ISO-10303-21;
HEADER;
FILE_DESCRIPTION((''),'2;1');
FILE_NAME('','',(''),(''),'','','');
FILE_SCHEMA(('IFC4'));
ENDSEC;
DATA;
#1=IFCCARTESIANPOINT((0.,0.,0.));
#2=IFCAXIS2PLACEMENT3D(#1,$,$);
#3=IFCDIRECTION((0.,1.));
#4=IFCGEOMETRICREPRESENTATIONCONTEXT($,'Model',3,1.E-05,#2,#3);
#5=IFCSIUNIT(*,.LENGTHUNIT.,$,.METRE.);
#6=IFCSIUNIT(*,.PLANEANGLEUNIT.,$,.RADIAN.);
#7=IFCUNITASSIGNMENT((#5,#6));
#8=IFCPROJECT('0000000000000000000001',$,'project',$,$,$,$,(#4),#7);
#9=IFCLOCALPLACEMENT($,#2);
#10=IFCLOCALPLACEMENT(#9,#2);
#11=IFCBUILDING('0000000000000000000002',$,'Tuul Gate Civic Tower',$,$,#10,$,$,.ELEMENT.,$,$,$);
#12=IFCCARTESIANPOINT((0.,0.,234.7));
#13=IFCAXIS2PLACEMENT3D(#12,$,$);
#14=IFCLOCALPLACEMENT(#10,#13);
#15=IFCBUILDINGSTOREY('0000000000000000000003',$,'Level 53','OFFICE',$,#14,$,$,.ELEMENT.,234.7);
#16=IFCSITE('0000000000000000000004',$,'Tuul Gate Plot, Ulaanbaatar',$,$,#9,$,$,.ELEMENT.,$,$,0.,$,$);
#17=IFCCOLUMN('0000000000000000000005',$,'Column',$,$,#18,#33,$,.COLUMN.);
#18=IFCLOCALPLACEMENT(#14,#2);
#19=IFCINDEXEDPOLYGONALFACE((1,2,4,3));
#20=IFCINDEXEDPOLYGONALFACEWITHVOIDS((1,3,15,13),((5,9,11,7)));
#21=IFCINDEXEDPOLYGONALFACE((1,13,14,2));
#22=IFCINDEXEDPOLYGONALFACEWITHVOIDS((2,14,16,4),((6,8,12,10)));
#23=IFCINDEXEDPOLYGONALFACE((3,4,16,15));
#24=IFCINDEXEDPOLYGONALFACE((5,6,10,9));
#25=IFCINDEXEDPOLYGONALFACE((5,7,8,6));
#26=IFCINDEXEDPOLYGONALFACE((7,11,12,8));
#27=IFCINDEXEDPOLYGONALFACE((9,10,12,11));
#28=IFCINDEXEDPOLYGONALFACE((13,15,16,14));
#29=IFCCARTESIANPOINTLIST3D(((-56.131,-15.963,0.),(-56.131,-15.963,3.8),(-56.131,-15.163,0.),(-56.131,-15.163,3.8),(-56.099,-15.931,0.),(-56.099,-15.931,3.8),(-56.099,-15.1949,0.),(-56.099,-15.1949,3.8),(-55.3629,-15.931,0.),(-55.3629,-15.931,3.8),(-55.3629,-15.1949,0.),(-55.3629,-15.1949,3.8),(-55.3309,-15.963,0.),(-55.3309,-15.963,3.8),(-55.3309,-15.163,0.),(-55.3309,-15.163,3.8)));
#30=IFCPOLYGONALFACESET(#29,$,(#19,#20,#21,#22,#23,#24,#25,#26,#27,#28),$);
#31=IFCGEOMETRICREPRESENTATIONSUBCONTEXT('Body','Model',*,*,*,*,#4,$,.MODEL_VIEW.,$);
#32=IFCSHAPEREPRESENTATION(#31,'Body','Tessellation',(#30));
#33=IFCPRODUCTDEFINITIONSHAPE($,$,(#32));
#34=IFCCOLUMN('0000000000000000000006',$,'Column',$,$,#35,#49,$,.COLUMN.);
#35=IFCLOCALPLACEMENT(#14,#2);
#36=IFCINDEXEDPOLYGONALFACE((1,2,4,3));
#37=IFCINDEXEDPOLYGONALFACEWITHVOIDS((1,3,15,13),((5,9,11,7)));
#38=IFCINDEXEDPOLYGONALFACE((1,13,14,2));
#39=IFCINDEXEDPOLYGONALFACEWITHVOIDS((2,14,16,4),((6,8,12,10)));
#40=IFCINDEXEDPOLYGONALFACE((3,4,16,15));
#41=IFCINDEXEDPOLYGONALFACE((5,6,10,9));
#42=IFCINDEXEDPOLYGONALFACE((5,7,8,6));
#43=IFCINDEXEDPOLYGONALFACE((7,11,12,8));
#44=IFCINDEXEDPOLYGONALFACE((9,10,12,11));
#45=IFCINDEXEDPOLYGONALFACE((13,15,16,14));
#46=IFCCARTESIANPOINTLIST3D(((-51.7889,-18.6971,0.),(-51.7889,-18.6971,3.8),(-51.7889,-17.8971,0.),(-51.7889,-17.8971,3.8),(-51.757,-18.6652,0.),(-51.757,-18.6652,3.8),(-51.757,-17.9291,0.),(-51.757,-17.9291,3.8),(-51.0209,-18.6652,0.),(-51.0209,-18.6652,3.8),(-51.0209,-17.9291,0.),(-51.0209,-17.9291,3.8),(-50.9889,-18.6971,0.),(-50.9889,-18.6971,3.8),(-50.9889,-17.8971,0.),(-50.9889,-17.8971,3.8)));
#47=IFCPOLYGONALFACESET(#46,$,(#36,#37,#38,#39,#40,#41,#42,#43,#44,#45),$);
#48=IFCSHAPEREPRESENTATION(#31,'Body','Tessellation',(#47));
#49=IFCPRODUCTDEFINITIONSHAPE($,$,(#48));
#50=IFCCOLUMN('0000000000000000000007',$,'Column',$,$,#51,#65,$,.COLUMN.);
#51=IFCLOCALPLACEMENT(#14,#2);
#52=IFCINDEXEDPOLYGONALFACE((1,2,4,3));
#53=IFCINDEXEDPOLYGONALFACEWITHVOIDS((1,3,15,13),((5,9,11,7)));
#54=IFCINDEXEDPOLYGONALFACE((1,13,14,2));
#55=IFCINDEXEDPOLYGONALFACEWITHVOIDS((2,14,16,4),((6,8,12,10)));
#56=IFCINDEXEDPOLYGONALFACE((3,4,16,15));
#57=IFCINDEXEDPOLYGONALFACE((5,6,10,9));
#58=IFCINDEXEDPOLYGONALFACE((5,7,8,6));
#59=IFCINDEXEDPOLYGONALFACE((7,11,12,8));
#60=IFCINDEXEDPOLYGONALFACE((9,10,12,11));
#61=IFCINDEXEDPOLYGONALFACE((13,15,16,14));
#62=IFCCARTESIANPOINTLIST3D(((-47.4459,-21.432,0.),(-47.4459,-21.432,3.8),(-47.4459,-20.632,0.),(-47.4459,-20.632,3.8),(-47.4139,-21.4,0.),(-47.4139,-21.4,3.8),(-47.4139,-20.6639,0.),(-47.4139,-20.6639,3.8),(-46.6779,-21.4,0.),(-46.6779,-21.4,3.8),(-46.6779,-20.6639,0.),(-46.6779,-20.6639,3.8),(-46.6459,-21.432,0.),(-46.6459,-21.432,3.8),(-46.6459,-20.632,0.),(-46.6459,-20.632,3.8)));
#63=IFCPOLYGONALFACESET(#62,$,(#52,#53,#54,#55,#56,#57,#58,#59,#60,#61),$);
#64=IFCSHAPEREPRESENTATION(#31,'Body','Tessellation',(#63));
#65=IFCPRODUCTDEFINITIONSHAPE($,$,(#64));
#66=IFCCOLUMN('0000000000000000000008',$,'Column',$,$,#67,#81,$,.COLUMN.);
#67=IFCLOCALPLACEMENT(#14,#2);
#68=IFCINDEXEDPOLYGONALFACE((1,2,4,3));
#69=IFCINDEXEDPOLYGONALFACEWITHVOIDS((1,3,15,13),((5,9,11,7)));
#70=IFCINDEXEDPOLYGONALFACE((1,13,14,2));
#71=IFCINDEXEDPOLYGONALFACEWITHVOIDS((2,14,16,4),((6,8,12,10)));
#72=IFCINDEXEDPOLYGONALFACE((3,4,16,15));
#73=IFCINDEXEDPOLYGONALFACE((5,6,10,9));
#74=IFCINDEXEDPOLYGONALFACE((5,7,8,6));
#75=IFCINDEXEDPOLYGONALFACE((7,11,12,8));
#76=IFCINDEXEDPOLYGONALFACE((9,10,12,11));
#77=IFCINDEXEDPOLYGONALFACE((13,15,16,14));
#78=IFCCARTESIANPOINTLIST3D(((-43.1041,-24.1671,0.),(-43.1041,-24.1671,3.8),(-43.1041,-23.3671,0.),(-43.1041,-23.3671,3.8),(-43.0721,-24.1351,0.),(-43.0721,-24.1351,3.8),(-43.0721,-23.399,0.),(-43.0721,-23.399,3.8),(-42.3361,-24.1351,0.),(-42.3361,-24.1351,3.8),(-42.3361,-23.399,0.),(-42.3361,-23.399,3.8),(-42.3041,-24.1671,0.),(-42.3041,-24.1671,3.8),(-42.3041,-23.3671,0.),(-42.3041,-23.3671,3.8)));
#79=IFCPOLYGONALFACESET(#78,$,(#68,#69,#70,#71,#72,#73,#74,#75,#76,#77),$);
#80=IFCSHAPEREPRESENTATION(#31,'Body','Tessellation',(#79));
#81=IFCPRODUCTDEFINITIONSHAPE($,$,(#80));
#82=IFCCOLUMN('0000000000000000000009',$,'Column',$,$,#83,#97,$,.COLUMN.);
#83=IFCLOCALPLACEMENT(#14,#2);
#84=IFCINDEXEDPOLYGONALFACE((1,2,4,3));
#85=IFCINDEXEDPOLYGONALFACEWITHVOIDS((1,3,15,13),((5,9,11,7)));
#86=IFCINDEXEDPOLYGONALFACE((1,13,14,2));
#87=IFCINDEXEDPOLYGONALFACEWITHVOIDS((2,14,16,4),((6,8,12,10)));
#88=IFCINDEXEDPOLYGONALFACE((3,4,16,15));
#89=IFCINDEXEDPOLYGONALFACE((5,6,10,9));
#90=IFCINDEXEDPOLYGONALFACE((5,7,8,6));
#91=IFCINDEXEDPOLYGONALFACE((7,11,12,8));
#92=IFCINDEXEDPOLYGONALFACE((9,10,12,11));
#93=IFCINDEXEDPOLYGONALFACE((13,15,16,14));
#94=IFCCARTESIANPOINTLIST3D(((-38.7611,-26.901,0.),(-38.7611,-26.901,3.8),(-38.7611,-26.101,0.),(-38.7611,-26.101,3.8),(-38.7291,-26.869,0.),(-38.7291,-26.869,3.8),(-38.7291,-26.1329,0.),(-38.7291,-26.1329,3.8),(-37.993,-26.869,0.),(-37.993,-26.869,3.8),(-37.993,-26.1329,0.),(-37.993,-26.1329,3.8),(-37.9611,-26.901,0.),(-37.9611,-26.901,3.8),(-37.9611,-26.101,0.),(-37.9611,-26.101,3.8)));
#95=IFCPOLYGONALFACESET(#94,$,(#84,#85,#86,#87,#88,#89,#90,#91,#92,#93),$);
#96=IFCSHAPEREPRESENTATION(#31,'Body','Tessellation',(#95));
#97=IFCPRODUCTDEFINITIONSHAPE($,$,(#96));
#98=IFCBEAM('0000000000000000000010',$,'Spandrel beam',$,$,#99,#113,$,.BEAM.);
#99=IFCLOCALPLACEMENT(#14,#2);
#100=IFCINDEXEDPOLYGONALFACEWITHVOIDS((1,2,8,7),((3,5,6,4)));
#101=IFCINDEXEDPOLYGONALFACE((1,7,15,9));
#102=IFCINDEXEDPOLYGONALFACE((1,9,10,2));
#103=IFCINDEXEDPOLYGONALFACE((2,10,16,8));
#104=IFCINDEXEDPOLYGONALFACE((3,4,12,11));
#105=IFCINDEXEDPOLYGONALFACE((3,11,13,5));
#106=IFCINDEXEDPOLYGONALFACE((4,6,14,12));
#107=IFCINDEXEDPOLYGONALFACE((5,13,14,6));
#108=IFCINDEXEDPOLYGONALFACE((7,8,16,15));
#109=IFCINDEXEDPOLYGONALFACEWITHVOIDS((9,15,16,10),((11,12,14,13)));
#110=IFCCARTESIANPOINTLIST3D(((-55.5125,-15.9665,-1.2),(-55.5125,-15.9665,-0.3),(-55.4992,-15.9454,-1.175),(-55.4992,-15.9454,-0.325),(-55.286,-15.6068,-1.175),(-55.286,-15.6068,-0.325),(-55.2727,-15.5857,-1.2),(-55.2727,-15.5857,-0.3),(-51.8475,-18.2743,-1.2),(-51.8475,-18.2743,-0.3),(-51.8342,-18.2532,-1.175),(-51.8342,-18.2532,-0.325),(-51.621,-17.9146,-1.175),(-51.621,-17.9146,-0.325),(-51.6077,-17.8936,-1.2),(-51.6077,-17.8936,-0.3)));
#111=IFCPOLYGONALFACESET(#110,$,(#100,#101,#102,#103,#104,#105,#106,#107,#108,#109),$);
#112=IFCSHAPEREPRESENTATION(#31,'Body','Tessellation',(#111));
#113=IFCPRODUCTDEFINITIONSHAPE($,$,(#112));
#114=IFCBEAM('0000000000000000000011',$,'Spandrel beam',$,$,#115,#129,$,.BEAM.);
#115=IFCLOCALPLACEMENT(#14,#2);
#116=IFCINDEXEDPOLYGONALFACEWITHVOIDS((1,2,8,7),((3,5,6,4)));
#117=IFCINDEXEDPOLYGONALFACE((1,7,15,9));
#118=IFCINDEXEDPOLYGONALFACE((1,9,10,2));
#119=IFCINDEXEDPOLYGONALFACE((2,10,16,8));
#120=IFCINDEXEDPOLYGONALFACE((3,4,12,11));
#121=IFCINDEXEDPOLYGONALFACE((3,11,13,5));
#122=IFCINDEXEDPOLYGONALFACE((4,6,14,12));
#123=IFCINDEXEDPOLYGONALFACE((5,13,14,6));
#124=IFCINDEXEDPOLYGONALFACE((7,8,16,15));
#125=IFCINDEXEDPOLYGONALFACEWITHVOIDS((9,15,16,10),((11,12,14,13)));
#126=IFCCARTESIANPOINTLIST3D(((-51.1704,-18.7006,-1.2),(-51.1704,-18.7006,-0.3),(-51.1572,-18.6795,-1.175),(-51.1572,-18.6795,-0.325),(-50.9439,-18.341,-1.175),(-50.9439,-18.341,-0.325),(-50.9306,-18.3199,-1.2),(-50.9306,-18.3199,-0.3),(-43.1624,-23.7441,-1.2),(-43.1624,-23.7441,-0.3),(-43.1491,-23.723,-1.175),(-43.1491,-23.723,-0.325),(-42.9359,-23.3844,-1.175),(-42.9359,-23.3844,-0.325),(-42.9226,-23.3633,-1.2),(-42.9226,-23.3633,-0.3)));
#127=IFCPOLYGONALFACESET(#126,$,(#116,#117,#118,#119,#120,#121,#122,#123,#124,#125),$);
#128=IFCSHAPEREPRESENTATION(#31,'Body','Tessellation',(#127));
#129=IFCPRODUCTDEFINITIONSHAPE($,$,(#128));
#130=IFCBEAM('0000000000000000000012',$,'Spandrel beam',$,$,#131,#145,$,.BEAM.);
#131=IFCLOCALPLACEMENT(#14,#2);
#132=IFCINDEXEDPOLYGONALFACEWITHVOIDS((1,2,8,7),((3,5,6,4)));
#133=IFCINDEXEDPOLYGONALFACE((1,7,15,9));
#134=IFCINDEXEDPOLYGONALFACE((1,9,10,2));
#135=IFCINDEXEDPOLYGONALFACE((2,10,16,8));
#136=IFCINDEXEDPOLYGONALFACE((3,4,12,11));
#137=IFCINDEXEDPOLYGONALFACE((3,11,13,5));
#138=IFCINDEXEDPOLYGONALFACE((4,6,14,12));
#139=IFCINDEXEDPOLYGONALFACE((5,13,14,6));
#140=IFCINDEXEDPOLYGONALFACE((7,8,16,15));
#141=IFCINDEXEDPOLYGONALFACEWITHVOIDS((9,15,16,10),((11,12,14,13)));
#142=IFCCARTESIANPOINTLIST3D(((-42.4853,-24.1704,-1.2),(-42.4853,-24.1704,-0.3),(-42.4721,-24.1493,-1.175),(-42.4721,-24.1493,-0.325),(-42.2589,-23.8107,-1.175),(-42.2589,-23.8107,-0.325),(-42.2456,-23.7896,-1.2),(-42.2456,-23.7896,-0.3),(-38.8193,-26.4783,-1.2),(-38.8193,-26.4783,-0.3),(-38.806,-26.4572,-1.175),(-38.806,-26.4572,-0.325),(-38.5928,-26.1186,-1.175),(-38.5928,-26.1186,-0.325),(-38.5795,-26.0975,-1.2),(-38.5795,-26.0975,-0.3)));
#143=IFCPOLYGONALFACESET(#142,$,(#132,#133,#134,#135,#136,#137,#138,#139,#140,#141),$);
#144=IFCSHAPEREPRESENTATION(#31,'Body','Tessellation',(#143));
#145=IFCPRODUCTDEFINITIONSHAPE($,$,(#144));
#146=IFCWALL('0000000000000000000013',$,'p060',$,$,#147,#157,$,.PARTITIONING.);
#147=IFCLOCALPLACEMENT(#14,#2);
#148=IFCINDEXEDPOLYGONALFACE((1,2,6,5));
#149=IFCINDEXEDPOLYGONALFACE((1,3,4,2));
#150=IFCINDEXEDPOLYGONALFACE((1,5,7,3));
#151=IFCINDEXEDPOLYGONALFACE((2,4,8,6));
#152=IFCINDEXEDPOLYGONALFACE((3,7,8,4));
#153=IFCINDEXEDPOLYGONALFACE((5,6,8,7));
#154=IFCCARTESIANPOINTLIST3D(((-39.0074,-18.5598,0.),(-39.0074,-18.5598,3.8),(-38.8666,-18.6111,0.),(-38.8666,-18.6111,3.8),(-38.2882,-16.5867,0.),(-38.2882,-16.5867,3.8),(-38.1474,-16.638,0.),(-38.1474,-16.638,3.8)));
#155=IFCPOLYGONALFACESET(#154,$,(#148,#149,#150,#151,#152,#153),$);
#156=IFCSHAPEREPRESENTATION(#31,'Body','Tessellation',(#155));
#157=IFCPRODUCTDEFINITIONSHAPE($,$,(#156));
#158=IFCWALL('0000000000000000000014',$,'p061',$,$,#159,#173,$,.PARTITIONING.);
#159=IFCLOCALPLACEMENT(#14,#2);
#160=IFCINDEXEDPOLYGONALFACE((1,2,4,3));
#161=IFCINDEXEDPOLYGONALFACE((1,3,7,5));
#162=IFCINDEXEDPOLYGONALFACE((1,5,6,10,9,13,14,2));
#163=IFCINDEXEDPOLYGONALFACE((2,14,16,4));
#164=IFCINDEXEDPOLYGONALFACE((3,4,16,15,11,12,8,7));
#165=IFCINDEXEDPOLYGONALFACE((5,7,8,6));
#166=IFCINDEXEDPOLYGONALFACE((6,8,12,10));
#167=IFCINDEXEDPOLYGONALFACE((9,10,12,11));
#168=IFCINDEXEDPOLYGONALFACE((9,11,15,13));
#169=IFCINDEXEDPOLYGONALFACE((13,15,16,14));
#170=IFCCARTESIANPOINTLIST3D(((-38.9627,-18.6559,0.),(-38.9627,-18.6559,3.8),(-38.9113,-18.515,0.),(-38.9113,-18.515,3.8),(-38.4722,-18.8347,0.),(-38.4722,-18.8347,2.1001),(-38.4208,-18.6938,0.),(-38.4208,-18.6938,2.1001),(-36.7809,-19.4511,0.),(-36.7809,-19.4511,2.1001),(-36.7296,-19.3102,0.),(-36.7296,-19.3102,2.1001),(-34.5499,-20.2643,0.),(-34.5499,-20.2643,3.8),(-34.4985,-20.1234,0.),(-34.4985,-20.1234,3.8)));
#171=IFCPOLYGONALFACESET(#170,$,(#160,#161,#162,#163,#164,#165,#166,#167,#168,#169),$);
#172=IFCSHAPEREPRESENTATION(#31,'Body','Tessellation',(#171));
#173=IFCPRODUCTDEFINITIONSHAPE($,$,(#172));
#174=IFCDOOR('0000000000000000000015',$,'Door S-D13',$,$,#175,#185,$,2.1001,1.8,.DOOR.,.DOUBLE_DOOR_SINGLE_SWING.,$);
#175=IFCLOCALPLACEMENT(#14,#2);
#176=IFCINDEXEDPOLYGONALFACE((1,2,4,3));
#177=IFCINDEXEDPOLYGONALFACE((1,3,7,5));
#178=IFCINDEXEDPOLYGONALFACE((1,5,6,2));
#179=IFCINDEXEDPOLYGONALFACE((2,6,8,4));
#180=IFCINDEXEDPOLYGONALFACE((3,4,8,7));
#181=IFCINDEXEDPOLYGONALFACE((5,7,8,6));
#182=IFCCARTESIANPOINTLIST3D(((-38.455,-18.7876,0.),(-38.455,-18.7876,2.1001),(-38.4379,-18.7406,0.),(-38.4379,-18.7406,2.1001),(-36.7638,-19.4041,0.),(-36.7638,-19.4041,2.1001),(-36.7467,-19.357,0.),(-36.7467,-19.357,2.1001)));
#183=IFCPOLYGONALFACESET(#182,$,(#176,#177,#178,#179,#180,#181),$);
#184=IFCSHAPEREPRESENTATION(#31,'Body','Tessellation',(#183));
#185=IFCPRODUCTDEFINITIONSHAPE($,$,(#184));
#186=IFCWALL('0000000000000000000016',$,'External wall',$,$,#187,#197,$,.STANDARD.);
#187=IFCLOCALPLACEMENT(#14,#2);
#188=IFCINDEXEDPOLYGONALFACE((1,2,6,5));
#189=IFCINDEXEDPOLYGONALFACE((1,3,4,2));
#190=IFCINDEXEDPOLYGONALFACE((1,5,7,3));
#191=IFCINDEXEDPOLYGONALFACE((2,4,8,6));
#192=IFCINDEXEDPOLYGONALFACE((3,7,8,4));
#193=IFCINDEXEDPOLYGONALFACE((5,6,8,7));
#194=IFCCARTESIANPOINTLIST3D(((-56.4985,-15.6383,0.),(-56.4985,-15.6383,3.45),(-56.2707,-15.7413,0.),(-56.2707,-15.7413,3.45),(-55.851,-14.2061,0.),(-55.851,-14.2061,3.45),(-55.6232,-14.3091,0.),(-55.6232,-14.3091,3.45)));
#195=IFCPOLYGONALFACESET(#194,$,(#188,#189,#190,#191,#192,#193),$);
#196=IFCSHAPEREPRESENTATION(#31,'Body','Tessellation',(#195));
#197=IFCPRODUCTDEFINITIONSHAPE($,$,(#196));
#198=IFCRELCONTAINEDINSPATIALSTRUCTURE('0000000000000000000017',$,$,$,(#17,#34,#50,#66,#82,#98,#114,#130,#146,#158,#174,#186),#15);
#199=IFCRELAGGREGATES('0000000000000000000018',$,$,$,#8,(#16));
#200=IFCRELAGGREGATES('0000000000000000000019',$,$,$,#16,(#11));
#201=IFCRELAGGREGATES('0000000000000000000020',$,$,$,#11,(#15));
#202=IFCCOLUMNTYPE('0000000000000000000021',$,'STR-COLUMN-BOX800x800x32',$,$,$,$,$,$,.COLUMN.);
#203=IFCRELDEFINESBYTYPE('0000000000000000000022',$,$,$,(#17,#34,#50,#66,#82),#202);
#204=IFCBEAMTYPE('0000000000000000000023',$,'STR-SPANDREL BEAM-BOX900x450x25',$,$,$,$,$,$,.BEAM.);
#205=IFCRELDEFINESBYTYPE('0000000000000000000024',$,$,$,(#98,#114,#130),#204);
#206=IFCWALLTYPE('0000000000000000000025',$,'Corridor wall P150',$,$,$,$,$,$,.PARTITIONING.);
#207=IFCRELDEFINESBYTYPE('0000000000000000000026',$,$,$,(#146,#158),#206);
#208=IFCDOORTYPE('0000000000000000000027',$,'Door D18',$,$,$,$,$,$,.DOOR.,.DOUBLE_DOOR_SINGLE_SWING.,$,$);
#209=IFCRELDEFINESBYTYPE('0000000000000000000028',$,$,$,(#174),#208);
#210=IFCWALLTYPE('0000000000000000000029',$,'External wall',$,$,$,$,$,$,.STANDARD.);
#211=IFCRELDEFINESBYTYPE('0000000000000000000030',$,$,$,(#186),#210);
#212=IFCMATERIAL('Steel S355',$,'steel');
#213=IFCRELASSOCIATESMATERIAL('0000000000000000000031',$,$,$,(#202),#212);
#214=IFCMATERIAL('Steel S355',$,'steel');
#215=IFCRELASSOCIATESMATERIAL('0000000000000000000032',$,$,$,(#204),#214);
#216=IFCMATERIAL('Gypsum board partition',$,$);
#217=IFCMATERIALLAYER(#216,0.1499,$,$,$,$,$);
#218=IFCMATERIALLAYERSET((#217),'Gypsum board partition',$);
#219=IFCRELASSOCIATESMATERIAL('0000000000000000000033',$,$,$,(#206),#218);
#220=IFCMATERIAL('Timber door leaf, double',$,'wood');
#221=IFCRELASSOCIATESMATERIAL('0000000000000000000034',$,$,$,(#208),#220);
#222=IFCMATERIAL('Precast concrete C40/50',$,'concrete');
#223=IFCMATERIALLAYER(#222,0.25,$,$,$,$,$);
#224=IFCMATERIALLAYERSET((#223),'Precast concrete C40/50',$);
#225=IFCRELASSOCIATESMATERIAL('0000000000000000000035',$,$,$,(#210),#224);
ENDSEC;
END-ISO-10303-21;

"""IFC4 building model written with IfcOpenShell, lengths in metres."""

from ifc_helpers import new_model, si_unit, direction, frame, frame_2d, origin, origin_2d, place, context, subcontext, project, spatial, rectangle, hollow_rectangle, extrude, material, layer, layer_set, material_profile, profile_set, type_object, element, fill, save


model = new_model("IFC4")

# Units and contexts
model_context = context("Model", 3, precision=1e-05, world=origin(), true_north=direction((0.0, 1.0)))
body_context = subcontext(model_context, "Body", "Model", "MODEL_VIEW")
ifc_project = project(units=[si_unit("LENGTHUNIT", "METRE"), si_unit("PLANEANGLEUNIT", "RADIAN")], contexts=[model_context])

# Site, building, storey
site_placement = place(None, origin())
site = spatial("IfcSite", under=ifc_project, at=site_placement, Name="Tuul Gate Plot, Ulaanbaatar", CompositionType="ELEMENT", RefElevation=0.0)
building_placement = place(site_placement, origin())
building = spatial("IfcBuilding", under=site, at=building_placement, Name="Tuul Gate Civic Tower", CompositionType="ELEMENT")
storey_placement = place(building_placement, frame((0.0, 0.0, 234.7)))
storey = spatial("IfcBuildingStorey", under=building, at=storey_placement, Name="Level 53", Description="OFFICE", CompositionType="ELEMENT", Elevation=234.7)

# Columns
ifc_material_1 = material(Name="Steel S355", Category="steel")
ifc_material_profile_1 = material_profile(ifc_material_1, hollow_rectangle(XDim=0.8, YDim=0.8, WallThickness=0.032, at=origin_2d()), Name="BOX800x800x32")
ifc_profile_set_1 = profile_set([ifc_material_profile_1], Name="Steel S355")
column_type = type_object("IfcColumnType", Name="STR-COLUMN-BOX800x800x32", PredefinedType="COLUMN", material=ifc_profile_set_1)
for number, where, z_axis, x_axis, name in (
    (1, (-55.731, -15.563, 0.0), (0.0, 0.0, 1.0), (1.0, 0.0, 0.0), "Column"),
    (2, (-51.3889, -18.2971, 0.0), (0.0, 0.0, 1.0), (1.0, 0.0, 0.0), "Column"),
    (3, (-47.0459, -21.032, 0.0), (0.0, 0.0, 1.0), (1.0, 0.0, 0.0), "Column"),
    (4, (-42.7041, -23.7671, 0.0), (0.0, 0.0, 1.0), (1.0, 0.0, 0.0), "Column"),
    (5, (-38.3611, -26.501, 0.0), (0.0, 0.0, 1.0), (1.0, 0.0, 0.0), "Column"),
):
    element("IfcColumn", number, at=place(storey_placement, frame(where, z_axis=z_axis, x_axis=x_axis)), inside=storey, type_object=column_type, Name=name, PredefinedType="COLUMN", context=body_context, shape_type="SweptSolid", body=[
        extrude(hollow_rectangle(XDim=0.8, YDim=0.8, WallThickness=0.032, at=origin_2d()), origin(), (0.0, 0.0, 1.0), 3.8),
    ])

# Beams
ifc_material_2 = material(Name="Steel S355", Category="steel")
ifc_material_profile_2 = material_profile(ifc_material_2, hollow_rectangle(XDim=0.45, YDim=0.8999, WallThickness=0.0249, at=origin_2d()), Name="BOX900x450x25")
ifc_profile_set_2 = profile_set([ifc_material_profile_2], Name="Steel S355")
beam_type = type_object("IfcBeamType", Name="STR-SPANDREL BEAM-BOX900x450x25", PredefinedType="BEAM", material=ifc_profile_set_2)
beam_1_placement = place(storey_placement, frame((-55.3926, -15.7761, -0.75), z_axis=(0.846207, -0.532854, 0.0), x_axis=(0.532854, 0.846207, 0.0)))
element("IfcBeam", 6, at=beam_1_placement, inside=storey, type_object=beam_type, Name="Spandrel beam", PredefinedType="BEAM", context=body_context, shape_type="SweptSolid", body=[
    extrude(hollow_rectangle(XDim=0.45, YDim=0.8999, WallThickness=0.0249, at=origin_2d()), origin(), (0.0, 0.0, 1.0), 4.3311),
])
beam_2_placement = place(storey_placement, frame((-51.0505, -18.5103, -0.75), z_axis=(0.846169, -0.532915, 0.0), x_axis=(0.532915, 0.846169, 0.0)))
element("IfcBeam", 7, at=beam_2_placement, inside=storey, type_object=beam_type, Name="Spandrel beam", PredefinedType="BEAM", context=body_context, shape_type="SweptSolid", body=[
    extrude(hollow_rectangle(XDim=0.45, YDim=0.8999, WallThickness=0.0249, at=origin_2d()), origin(), (0.0, 0.0, 1.0), 9.4639),
])
beam_3_placement = place(storey_placement, frame((-42.3655, -23.98, -0.75), z_axis=(0.846271, -0.532752, 0.0), x_axis=(0.532752, 0.846271, 0.0)))
element("IfcBeam", 8, at=beam_3_placement, inside=storey, type_object=beam_type, Name="Spandrel beam", PredefinedType="BEAM", context=body_context, shape_type="SweptSolid", body=[
    extrude(hollow_rectangle(XDim=0.45, YDim=0.8999, WallThickness=0.0249, at=origin_2d()), origin(), (0.0, 0.0, 1.0), 4.332),
])

# Wall
ifc_material_3 = material(Name="Gypsum board partition")
ifc_layer_1 = layer(ifc_material_3, 0.1499)
ifc_layer_set_1 = layer_set([ifc_layer_1], Name="Gypsum board partition")
wall_type_1 = type_object("IfcWallType", Name="Corridor wall P150", PredefinedType="PARTITIONING", material=ifc_layer_set_1)
wall_1_placement = place(storey_placement, frame((-38.937, -18.5854, 0.0), z_axis=(0.0, 0.0, 1.0), x_axis=(0.342471, 0.939528, 0.0)))
element("IfcWall", 9, at=wall_1_placement, inside=storey, type_object=wall_type_1, Name="p060", PredefinedType="PARTITIONING", context=body_context, shape_type="SweptSolid", body=[
    extrude(rectangle(XDim=2.1001, YDim=0.1499, at=frame_2d((1.05, 0.0))), origin(), (0.0, 0.0, 1.0), 3.8),
])

# Wall, opening, door
wall_2_placement = place(storey_placement, frame((-38.937, -18.5854, 0.0), z_axis=(0.0, 0.0, 1.0), x_axis=(0.939538, -0.342444, 0.0)))
wall_2 = element("IfcWall", 10, at=wall_2_placement, inside=storey, type_object=wall_type_1, Name="p061", PredefinedType="PARTITIONING", context=body_context, shape_type="SweptSolid", body=[
    extrude(rectangle(XDim=4.6968, YDim=0.1499, at=frame_2d((2.3484, 0.0))), origin(), (0.0, 0.0, 1.0), 3.8),
])
opening_1_placement = place(wall_2_placement, frame((0.5222, 0.0, 0.0)))
opening_1 = element("IfcOpeningElement", 11, at=opening_1_placement, cuts=wall_2, PredefinedType="OPENING", context=body_context, shape_type="SweptSolid", body=[
    extrude(rectangle(XDim=1.8, YDim=2.1001, at=frame_2d((0.8999, 1.05))), frame((0.0, 0.085, 0.0), z_axis=(0.0, -1.0, 0.0), x_axis=(1.0, 0.0, 0.0)), (0.0, 0.0, 1.0), 0.1699),
])
ifc_material_4 = material(Name="Timber door leaf, double", Category="wood")
door_type = type_object("IfcDoorType", Name="Door D18", OperationType="DOUBLE_DOOR_SINGLE_SWING", PredefinedType="DOOR", material=ifc_material_4)
door_placement = place(opening_1_placement, frame((1.8, 0.0, 0.0), z_axis=(0.0, 0.0, 1.0), x_axis=(-1.0, 0.0, 0.0)))
door = element("IfcDoor", 12, at=door_placement, inside=storey, type_object=door_type, Name="Door S-D13", OperationType="DOUBLE_DOOR_SINGLE_SWING", OverallHeight=2.1001, OverallWidth=1.8, PredefinedType="DOOR", context=body_context, shape_type="SweptSolid", body=[
    extrude(rectangle(XDim=1.8, YDim=2.1001, at=frame_2d((0.9001, 1.05))), frame((0.0, 0.0249, 0.0), z_axis=(0.0, -1.0, 0.0), x_axis=(1.0, 0.0, 0.0)), (0.0, 0.0, 1.0), 0.05),
])
fill(opening_1, door)

# Wall
ifc_material_5 = material(Name="Precast concrete C40/50", Category="concrete")
ifc_layer_2 = layer(ifc_material_5, 0.25)
ifc_layer_set_2 = layer_set([ifc_layer_2], Name="Precast concrete C40/50")
wall_type_2 = type_object("IfcWallType", Name="External wall", PredefinedType="STANDARD", material=ifc_layer_set_2)
wall_3_placement = place(storey_placement, frame((-55.7371, -14.2576, 0.0), z_axis=(0.0, 0.0, 1.0), x_axis=(-0.411953, -0.911205, 0.0)))
element("IfcWall", 13, at=wall_3_placement, inside=storey, type_object=wall_type_2, Name="External wall", PredefinedType="STANDARD", context=body_context, shape_type="SweptSolid", body=[
    extrude(rectangle(XDim=1.5718, YDim=0.25, at=frame_2d((0.7859, 0.0))), origin(), (0.0, 0.0, 1.0), 3.45),
])

save(model, "model.ifc")
